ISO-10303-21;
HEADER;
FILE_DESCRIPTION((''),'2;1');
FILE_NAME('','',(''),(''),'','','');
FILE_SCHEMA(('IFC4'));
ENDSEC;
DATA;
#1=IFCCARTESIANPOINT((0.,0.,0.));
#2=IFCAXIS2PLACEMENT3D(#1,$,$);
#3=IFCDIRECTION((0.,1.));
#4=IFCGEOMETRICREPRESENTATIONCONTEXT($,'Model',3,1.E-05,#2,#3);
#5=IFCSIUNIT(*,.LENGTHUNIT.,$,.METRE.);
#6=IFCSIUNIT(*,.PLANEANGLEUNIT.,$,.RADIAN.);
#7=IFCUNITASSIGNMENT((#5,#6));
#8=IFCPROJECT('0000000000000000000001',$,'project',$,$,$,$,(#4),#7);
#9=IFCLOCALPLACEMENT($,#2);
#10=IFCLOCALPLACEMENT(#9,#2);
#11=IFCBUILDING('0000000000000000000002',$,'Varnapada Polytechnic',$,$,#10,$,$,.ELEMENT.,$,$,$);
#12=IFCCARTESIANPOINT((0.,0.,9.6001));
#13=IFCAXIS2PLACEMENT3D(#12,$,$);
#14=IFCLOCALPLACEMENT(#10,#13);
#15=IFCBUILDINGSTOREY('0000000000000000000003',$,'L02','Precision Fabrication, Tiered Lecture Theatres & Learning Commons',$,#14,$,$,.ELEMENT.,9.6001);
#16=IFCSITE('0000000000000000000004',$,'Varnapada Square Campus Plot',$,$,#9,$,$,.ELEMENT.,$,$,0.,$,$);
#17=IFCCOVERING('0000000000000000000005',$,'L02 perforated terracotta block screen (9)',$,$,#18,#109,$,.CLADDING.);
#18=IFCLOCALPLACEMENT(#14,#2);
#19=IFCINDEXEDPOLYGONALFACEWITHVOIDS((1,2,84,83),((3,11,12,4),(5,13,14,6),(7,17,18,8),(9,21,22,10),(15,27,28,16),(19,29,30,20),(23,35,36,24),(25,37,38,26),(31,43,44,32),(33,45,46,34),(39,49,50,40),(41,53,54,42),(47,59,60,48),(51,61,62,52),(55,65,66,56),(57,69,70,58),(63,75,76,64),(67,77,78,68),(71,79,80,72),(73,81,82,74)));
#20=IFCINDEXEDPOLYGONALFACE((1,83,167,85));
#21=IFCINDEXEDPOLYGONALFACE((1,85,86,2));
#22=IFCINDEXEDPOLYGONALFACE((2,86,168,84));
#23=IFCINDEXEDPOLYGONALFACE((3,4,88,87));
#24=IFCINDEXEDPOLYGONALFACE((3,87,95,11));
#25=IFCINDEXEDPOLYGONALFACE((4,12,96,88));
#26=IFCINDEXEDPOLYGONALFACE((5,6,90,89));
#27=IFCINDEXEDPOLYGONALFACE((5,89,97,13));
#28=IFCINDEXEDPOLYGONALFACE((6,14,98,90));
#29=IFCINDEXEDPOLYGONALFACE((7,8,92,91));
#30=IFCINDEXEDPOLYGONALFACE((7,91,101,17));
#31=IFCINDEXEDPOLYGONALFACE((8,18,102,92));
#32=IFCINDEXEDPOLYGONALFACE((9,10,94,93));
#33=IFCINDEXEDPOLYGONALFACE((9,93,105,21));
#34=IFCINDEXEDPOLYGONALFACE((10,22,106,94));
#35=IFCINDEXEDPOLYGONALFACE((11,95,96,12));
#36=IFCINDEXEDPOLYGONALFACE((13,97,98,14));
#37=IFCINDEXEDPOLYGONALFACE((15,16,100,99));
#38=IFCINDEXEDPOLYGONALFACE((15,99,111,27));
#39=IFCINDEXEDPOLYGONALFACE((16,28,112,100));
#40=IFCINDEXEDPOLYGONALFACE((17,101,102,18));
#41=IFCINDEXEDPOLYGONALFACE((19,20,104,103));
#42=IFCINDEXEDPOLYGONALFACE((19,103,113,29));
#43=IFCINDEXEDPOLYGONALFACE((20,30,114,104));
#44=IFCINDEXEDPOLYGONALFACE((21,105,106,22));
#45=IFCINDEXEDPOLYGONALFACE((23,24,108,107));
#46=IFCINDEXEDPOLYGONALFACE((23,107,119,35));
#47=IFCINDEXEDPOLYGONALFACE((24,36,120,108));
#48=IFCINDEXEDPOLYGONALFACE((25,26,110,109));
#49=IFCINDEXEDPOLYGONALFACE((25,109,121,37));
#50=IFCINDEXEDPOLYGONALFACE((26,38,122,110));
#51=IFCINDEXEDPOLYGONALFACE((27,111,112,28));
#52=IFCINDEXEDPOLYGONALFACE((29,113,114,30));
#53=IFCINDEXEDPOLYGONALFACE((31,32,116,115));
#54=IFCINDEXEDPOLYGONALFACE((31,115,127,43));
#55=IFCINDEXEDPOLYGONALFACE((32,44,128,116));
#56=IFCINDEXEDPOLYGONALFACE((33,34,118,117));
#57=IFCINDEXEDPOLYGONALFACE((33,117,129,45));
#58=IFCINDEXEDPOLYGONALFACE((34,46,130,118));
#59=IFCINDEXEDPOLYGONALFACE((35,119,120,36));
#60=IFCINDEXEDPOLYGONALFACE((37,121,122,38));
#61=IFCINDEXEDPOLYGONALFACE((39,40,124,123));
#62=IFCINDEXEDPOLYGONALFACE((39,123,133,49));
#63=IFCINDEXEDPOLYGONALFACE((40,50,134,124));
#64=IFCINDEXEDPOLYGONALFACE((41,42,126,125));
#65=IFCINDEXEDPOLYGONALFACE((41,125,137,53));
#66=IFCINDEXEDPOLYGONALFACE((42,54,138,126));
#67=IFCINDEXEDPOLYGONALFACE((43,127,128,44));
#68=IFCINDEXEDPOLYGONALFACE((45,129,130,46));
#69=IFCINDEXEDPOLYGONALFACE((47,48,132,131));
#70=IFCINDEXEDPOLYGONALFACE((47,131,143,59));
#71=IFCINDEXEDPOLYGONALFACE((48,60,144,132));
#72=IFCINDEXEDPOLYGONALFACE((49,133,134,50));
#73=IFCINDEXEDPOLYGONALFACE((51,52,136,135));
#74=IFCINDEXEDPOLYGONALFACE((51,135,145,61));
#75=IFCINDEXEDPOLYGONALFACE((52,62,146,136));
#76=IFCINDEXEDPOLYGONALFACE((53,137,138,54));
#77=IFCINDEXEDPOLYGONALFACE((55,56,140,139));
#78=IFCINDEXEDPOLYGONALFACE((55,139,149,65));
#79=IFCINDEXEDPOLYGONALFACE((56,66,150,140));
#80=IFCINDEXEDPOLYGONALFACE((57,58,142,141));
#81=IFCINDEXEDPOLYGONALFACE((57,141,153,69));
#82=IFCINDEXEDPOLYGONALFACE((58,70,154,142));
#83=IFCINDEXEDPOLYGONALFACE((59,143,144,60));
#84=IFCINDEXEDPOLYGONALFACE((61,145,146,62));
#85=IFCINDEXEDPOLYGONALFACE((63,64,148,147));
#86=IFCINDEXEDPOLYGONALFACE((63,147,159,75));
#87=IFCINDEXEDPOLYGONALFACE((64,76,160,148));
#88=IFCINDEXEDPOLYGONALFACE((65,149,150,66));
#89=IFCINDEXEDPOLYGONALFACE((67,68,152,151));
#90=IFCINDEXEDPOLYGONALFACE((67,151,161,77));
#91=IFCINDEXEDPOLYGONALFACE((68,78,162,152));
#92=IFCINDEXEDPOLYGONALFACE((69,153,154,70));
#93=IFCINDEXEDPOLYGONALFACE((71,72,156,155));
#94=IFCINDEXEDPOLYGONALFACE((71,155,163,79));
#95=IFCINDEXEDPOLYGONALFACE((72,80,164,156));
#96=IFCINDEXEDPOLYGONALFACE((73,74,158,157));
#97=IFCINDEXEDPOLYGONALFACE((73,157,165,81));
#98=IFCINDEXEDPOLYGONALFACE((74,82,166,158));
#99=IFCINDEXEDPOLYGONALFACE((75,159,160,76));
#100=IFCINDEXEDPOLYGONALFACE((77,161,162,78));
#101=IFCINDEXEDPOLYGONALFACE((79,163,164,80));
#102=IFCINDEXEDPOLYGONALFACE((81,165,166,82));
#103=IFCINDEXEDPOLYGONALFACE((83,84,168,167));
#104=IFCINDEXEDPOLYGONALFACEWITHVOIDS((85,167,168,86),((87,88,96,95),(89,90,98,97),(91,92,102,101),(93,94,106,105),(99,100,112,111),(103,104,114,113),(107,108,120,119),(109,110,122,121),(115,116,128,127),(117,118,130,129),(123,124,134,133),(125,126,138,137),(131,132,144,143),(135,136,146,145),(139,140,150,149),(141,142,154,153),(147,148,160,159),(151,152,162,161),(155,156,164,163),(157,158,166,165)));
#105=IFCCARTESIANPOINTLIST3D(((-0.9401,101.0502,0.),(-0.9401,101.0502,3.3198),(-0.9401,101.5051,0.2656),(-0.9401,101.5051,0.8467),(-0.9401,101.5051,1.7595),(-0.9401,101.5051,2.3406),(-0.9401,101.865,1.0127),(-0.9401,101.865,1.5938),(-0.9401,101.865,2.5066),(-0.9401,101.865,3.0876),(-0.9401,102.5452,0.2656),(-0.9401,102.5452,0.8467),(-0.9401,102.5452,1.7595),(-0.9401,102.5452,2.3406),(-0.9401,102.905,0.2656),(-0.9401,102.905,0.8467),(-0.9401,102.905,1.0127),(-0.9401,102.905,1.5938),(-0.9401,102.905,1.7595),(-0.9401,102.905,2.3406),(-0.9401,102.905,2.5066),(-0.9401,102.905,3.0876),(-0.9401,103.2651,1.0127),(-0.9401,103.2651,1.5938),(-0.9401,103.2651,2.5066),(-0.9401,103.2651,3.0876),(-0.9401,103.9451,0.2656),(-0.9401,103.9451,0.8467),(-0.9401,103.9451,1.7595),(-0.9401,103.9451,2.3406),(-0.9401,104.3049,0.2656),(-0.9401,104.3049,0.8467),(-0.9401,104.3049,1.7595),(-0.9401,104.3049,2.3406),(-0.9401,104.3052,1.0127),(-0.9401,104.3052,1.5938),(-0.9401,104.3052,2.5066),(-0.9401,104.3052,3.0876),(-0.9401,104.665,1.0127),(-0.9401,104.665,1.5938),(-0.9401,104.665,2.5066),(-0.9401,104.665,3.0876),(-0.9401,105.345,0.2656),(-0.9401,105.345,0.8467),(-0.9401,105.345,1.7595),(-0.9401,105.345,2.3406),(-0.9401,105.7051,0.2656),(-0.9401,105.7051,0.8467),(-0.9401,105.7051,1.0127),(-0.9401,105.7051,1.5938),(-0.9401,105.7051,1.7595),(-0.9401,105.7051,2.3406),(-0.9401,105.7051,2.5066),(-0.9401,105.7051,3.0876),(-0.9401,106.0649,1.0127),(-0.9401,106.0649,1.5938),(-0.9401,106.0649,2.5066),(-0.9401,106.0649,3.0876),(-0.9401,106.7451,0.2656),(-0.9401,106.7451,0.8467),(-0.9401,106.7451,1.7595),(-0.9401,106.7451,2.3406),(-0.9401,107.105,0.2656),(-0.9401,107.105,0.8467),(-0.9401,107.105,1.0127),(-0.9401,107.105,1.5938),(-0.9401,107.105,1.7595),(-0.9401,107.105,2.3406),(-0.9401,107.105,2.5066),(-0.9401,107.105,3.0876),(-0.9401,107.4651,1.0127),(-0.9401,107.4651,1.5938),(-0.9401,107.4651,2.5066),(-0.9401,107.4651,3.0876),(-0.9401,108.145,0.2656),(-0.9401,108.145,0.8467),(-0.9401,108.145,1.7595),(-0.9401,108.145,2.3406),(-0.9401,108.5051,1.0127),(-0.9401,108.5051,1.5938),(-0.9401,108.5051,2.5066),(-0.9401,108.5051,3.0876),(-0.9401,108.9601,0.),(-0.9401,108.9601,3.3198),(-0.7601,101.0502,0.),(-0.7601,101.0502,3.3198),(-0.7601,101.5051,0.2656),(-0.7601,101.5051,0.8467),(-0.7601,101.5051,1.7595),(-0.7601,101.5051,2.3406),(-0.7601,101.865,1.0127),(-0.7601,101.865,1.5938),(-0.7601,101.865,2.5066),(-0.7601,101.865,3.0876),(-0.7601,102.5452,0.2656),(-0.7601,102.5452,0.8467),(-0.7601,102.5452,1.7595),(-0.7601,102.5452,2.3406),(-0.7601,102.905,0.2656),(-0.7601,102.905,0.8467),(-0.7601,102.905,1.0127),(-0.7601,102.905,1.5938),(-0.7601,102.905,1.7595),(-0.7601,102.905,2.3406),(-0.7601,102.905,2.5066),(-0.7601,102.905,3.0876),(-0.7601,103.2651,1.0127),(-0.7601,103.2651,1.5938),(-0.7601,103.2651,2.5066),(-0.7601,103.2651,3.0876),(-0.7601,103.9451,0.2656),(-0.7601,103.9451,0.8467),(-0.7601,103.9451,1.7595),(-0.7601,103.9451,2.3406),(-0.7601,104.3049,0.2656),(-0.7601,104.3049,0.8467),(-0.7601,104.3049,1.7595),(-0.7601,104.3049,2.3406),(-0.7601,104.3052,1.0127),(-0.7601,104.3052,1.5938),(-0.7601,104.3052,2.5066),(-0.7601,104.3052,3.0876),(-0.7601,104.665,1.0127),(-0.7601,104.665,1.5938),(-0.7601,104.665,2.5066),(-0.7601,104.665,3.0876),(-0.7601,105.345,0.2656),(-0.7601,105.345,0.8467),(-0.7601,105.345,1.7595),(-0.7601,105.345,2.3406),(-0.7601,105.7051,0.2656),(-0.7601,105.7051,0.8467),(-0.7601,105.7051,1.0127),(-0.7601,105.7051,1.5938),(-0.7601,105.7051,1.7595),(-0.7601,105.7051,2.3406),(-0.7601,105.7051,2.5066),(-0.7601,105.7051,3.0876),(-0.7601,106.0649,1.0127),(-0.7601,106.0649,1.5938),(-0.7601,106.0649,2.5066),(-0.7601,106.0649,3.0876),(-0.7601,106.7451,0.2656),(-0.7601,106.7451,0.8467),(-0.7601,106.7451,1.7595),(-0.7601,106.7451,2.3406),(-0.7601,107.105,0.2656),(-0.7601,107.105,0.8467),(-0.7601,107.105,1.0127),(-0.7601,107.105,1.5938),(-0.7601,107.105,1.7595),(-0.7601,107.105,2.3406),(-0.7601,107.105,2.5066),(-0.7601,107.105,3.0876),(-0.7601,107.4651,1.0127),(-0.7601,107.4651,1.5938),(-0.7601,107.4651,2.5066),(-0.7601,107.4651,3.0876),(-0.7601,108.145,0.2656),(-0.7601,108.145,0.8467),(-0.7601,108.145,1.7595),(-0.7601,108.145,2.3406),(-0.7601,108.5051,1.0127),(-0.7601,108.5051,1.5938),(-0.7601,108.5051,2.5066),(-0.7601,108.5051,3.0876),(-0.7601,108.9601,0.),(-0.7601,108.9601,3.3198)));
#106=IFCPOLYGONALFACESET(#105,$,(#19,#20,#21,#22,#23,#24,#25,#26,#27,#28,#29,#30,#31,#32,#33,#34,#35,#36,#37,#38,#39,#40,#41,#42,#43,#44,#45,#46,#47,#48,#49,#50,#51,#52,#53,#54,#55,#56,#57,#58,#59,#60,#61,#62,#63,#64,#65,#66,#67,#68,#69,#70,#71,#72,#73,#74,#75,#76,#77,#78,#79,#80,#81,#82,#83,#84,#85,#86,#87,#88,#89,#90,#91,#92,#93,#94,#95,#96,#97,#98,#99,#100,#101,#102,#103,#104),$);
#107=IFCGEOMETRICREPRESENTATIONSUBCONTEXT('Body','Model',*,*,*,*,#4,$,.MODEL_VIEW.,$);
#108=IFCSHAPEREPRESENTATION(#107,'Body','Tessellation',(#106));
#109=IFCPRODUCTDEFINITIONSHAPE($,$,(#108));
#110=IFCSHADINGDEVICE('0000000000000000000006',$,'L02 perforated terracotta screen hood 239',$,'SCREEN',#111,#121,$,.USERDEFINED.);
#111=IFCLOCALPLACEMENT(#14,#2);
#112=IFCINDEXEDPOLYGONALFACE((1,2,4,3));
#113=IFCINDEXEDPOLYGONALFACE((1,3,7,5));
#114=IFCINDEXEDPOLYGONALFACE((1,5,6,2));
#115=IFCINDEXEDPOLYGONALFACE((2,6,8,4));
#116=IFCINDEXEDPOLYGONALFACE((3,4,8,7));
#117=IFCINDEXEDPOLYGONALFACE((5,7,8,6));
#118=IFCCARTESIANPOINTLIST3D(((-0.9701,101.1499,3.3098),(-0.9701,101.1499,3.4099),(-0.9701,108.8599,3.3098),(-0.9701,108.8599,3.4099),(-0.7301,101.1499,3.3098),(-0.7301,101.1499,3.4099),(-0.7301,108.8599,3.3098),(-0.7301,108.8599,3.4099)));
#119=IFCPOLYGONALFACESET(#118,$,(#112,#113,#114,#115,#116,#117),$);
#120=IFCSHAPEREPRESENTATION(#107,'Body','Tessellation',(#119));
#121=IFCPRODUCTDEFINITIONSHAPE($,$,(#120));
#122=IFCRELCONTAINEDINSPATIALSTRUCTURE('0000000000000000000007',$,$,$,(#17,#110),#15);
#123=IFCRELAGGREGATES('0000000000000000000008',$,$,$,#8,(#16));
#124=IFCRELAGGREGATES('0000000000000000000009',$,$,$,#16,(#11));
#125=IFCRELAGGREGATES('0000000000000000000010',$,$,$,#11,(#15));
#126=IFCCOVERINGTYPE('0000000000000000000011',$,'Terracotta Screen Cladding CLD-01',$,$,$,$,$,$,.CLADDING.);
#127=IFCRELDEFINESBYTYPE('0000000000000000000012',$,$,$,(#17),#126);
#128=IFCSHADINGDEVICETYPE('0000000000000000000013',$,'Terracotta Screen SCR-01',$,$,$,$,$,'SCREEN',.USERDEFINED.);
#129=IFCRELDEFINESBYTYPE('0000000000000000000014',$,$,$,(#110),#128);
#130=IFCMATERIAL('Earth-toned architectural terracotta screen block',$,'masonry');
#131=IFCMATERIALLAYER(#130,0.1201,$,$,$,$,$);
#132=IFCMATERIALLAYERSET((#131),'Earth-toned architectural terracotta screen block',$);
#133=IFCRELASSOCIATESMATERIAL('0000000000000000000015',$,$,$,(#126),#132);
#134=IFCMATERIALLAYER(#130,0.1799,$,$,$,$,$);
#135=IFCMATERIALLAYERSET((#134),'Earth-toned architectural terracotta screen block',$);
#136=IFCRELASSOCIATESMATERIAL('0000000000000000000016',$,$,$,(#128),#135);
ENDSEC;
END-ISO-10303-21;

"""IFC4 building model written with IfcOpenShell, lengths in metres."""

from ifc_helpers import new_model, si_unit, direction, frame, frame_2d, origin, origin_2d, place, context, subcontext, project, spatial, rectangle, extrude, material, layer, layer_set, type_object, element, save


model = new_model("IFC4")

# Units and contexts
model_context = context("Model", 3, precision=1e-05, world=origin(), true_north=direction((0.0, 1.0)))
body_context = subcontext(model_context, "Body", "Model", "MODEL_VIEW")
ifc_project = project(units=[si_unit("LENGTHUNIT", "METRE"), si_unit("PLANEANGLEUNIT", "RADIAN")], contexts=[model_context])

# Site, building, storey
site_placement = place(None, origin())
site = spatial("IfcSite", under=ifc_project, at=site_placement, Name="Varnapada Square Campus Plot", CompositionType="ELEMENT", RefElevation=0.0)
building_placement = place(site_placement, origin())
building = spatial("IfcBuilding", under=site, at=building_placement, Name="Varnapada Polytechnic", CompositionType="ELEMENT")
storey_placement = place(building_placement, frame((0.0, 0.0, 9.6001)))
storey = spatial("IfcBuildingStorey", under=building, at=storey_placement, Name="L02", Description="Precision Fabrication, Tiered Lecture Theatres & Learning Commons", CompositionType="ELEMENT", Elevation=9.6001)

# Covering, openings
ifc_material_1 = material(Name="Earth-toned architectural terracotta screen block", Category="masonry")
ifc_layer_1 = layer(ifc_material_1, 0.1201)
ifc_layer_set_1 = layer_set([ifc_layer_1], Name="Earth-toned architectural terracotta screen block")
covering_type = type_object("IfcCoveringType", Name="Terracotta Screen Cladding CLD-01", PredefinedType="CLADDING", material=ifc_layer_set_1)
covering_placement = place(storey_placement, frame((-0.8501, 101.05, 0.0), z_axis=(0.0, 0.0, 1.0), x_axis=(0.0, 1.0, 0.0)))
covering = element("IfcCovering", 1, at=covering_placement, inside=storey, type_object=covering_type, Name="L02 perforated terracotta block screen (9)", PredefinedType="CLADDING", context=body_context, shape_type="SweptSolid", body=[
    extrude(rectangle(XDim=7.9099, YDim=0.1799, at=frame_2d((3.9551, 0.0))), origin(), (0.0, 0.0, 1.0), 3.3198),
])
opening_1_placement = place(covering_placement, frame((0.4551, 0.0, 0.2656)))
element("IfcOpeningElement", 2, at=opening_1_placement, cuts=covering, PredefinedType="OPENING", context=body_context, shape_type="SweptSolid", body=[
    extrude(rectangle(XDim=1.04, YDim=0.5811, at=frame_2d((0.52, 0.2905))), frame((0.0, 0.0999, 0.0), z_axis=(0.0, -1.0, 0.0), x_axis=(1.0, 0.0, 0.0)), (0.0, 0.0, 1.0), 0.2),
])
opening_2_placement = place(covering_placement, frame((1.855, 0.0, 0.2656)))
element("IfcOpeningElement", 3, at=opening_2_placement, cuts=covering, PredefinedType="OPENING", context=body_context, shape_type="SweptSolid", body=[
    extrude(rectangle(XDim=1.04, YDim=0.5811, at=frame_2d((0.52, 0.2905))), frame((0.0, 0.0999, 0.0), z_axis=(0.0, -1.0, 0.0), x_axis=(1.0, 0.0, 0.0)), (0.0, 0.0, 1.0), 0.2),
])
opening_3_placement = place(covering_placement, frame((3.2549, 0.0, 0.2656)))
element("IfcOpeningElement", 4, at=opening_3_placement, cuts=covering, PredefinedType="OPENING", context=body_context, shape_type="SweptSolid", body=[
    extrude(rectangle(XDim=1.04, YDim=0.5811, at=frame_2d((0.52, 0.2905))), frame((0.0, 0.0999, 0.0), z_axis=(0.0, -1.0, 0.0), x_axis=(1.0, 0.0, 0.0)), (0.0, 0.0, 1.0), 0.2),
])
opening_4_placement = place(covering_placement, frame((4.655, 0.0, 0.2656)))
element("IfcOpeningElement", 5, at=opening_4_placement, cuts=covering, PredefinedType="OPENING", context=body_context, shape_type="SweptSolid", body=[
    extrude(rectangle(XDim=1.04, YDim=0.5811, at=frame_2d((0.52, 0.2905))), frame((0.0, 0.0999, 0.0), z_axis=(0.0, -1.0, 0.0), x_axis=(1.0, 0.0, 0.0)), (0.0, 0.0, 1.0), 0.2),
])
opening_5_placement = place(covering_placement, frame((6.0549, 0.0, 0.2656)))
element("IfcOpeningElement", 6, at=opening_5_placement, cuts=covering, PredefinedType="OPENING", context=body_context, shape_type="SweptSolid", body=[
    extrude(rectangle(XDim=1.04, YDim=0.5811, at=frame_2d((0.52, 0.2905))), frame((0.0, 0.0999, 0.0), z_axis=(0.0, -1.0, 0.0), x_axis=(1.0, 0.0, 0.0)), (0.0, 0.0, 1.0), 0.2),
])
opening_6_placement = place(covering_placement, frame((0.8149, 0.0, 1.0127)))
element("IfcOpeningElement", 7, at=opening_6_placement, cuts=covering, PredefinedType="OPENING", context=body_context, shape_type="SweptSolid", body=[
    extrude(rectangle(XDim=1.04, YDim=0.5811, at=frame_2d((0.52, 0.2905))), frame((0.0, 0.0999, 0.0), z_axis=(0.0, -1.0, 0.0), x_axis=(1.0, 0.0, 0.0)), (0.0, 0.0, 1.0), 0.2),
])
opening_7_placement = place(covering_placement, frame((2.2151, 0.0, 1.0127)))
element("IfcOpeningElement", 8, at=opening_7_placement, cuts=covering, PredefinedType="OPENING", context=body_context, shape_type="SweptSolid", body=[
    extrude(rectangle(XDim=1.04, YDim=0.5811, at=frame_2d((0.52, 0.2905))), frame((0.0, 0.0999, 0.0), z_axis=(0.0, -1.0, 0.0), x_axis=(1.0, 0.0, 0.0)), (0.0, 0.0, 1.0), 0.2),
])
opening_8_placement = place(covering_placement, frame((3.615, 0.0, 1.0127)))
element("IfcOpeningElement", 9, at=opening_8_placement, cuts=covering, PredefinedType="OPENING", context=body_context, shape_type="SweptSolid", body=[
    extrude(rectangle(XDim=1.04, YDim=0.5811, at=frame_2d((0.52, 0.2905))), frame((0.0, 0.0999, 0.0), z_axis=(0.0, -1.0, 0.0), x_axis=(1.0, 0.0, 0.0)), (0.0, 0.0, 1.0), 0.2),
])
opening_9_placement = place(covering_placement, frame((5.0149, 0.0, 1.0127)))
element("IfcOpeningElement", 10, at=opening_9_placement, cuts=covering, PredefinedType="OPENING", context=body_context, shape_type="SweptSolid", body=[
    extrude(rectangle(XDim=1.04, YDim=0.5811, at=frame_2d((0.52, 0.2905))), frame((0.0, 0.0999, 0.0), z_axis=(0.0, -1.0, 0.0), x_axis=(1.0, 0.0, 0.0)), (0.0, 0.0, 1.0), 0.2),
])
opening_10_placement = place(covering_placement, frame((6.415, 0.0, 1.0127)))
element("IfcOpeningElement", 11, at=opening_10_placement, cuts=covering, PredefinedType="OPENING", context=body_context, shape_type="SweptSolid", body=[
    extrude(rectangle(XDim=1.04, YDim=0.5811, at=frame_2d((0.52, 0.2905))), frame((0.0, 0.0999, 0.0), z_axis=(0.0, -1.0, 0.0), x_axis=(1.0, 0.0, 0.0)), (0.0, 0.0, 1.0), 0.2),
])
opening_11_placement = place(covering_placement, frame((0.4551, 0.0, 1.7595)))
element("IfcOpeningElement", 12, at=opening_11_placement, cuts=covering, PredefinedType="OPENING", context=body_context, shape_type="SweptSolid", body=[
    extrude(rectangle(XDim=1.04, YDim=0.5811, at=frame_2d((0.52, 0.2905))), frame((0.0, 0.0999, 0.0), z_axis=(0.0, -1.0, 0.0), x_axis=(1.0, 0.0, 0.0)), (0.0, 0.0, 1.0), 0.2),
])
opening_12_placement = place(covering_placement, frame((1.855, 0.0, 1.7595)))
element("IfcOpeningElement", 13, at=opening_12_placement, cuts=covering, PredefinedType="OPENING", context=body_context, shape_type="SweptSolid", body=[
    extrude(rectangle(XDim=1.04, YDim=0.5811, at=frame_2d((0.52, 0.2905))), frame((0.0, 0.0999, 0.0), z_axis=(0.0, -1.0, 0.0), x_axis=(1.0, 0.0, 0.0)), (0.0, 0.0, 1.0), 0.2),
])
opening_13_placement = place(covering_placement, frame((3.2549, 0.0, 1.7595)))
element("IfcOpeningElement", 14, at=opening_13_placement, cuts=covering, PredefinedType="OPENING", context=body_context, shape_type="SweptSolid", body=[
    extrude(rectangle(XDim=1.04, YDim=0.5811, at=frame_2d((0.52, 0.2905))), frame((0.0, 0.0999, 0.0), z_axis=(0.0, -1.0, 0.0), x_axis=(1.0, 0.0, 0.0)), (0.0, 0.0, 1.0), 0.2),
])
opening_14_placement = place(covering_placement, frame((4.655, 0.0, 1.7595)))
element("IfcOpeningElement", 15, at=opening_14_placement, cuts=covering, PredefinedType="OPENING", context=body_context, shape_type="SweptSolid", body=[
    extrude(rectangle(XDim=1.04, YDim=0.5811, at=frame_2d((0.52, 0.2905))), frame((0.0, 0.0999, 0.0), z_axis=(0.0, -1.0, 0.0), x_axis=(1.0, 0.0, 0.0)), (0.0, 0.0, 1.0), 0.2),
])
opening_15_placement = place(covering_placement, frame((6.0549, 0.0, 1.7595)))
element("IfcOpeningElement", 16, at=opening_15_placement, cuts=covering, PredefinedType="OPENING", context=body_context, shape_type="SweptSolid", body=[
    extrude(rectangle(XDim=1.04, YDim=0.5811, at=frame_2d((0.52, 0.2905))), frame((0.0, 0.0999, 0.0), z_axis=(0.0, -1.0, 0.0), x_axis=(1.0, 0.0, 0.0)), (0.0, 0.0, 1.0), 0.2),
])
opening_16_placement = place(covering_placement, frame((0.8149, 0.0, 2.5066)))
element("IfcOpeningElement", 17, at=opening_16_placement, cuts=covering, PredefinedType="OPENING", context=body_context, shape_type="SweptSolid", body=[
    extrude(rectangle(XDim=1.04, YDim=0.5811, at=frame_2d((0.52, 0.2905))), frame((0.0, 0.0999, 0.0), z_axis=(0.0, -1.0, 0.0), x_axis=(1.0, 0.0, 0.0)), (0.0, 0.0, 1.0), 0.2),
])
opening_17_placement = place(covering_placement, frame((2.2151, 0.0, 2.5066)))
element("IfcOpeningElement", 18, at=opening_17_placement, cuts=covering, PredefinedType="OPENING", context=body_context, shape_type="SweptSolid", body=[
    extrude(rectangle(XDim=1.04, YDim=0.5811, at=frame_2d((0.52, 0.2905))), frame((0.0, 0.0999, 0.0), z_axis=(0.0, -1.0, 0.0), x_axis=(1.0, 0.0, 0.0)), (0.0, 0.0, 1.0), 0.2),
])
opening_18_placement = place(covering_placement, frame((3.615, 0.0, 2.5066)))
element("IfcOpeningElement", 19, at=opening_18_placement, cuts=covering, PredefinedType="OPENING", context=body_context, shape_type="SweptSolid", body=[
    extrude(rectangle(XDim=1.04, YDim=0.5811, at=frame_2d((0.52, 0.2905))), frame((0.0, 0.0999, 0.0), z_axis=(0.0, -1.0, 0.0), x_axis=(1.0, 0.0, 0.0)), (0.0, 0.0, 1.0), 0.2),
])
opening_19_placement = place(covering_placement, frame((5.0149, 0.0, 2.5066)))
element("IfcOpeningElement", 20, at=opening_19_placement, cuts=covering, PredefinedType="OPENING", context=body_context, shape_type="SweptSolid", body=[
    extrude(rectangle(XDim=1.04, YDim=0.5811, at=frame_2d((0.52, 0.2905))), frame((0.0, 0.0999, 0.0), z_axis=(0.0, -1.0, 0.0), x_axis=(1.0, 0.0, 0.0)), (0.0, 0.0, 1.0), 0.2),
])
opening_20_placement = place(covering_placement, frame((6.415, 0.0, 2.5066)))
element("IfcOpeningElement", 21, at=opening_20_placement, cuts=covering, PredefinedType="OPENING", context=body_context, shape_type="SweptSolid", body=[
    extrude(rectangle(XDim=1.04, YDim=0.5811, at=frame_2d((0.52, 0.2905))), frame((0.0, 0.0999, 0.0), z_axis=(0.0, -1.0, 0.0), x_axis=(1.0, 0.0, 0.0)), (0.0, 0.0, 1.0), 0.2),
])

# Shading device
ifc_layer_2 = layer(ifc_material_1, 0.1799)
ifc_layer_set_2 = layer_set([ifc_layer_2], Name="Earth-toned architectural terracotta screen block")
shading_device_type = type_object("IfcShadingDeviceType", Name="Terracotta Screen SCR-01", ElementType="SCREEN", PredefinedType="USERDEFINED", material=ifc_layer_set_2)
shading_device_placement = place(storey_placement, frame((-0.8501, 105.0049, 3.3098), z_axis=(0.0, 0.0, 1.0), x_axis=(0.0, 1.0, 0.0)))
element("IfcShadingDevice", 22, at=shading_device_placement, inside=storey, type_object=shading_device_type, Name="L02 perforated terracotta screen hood 239", ObjectType="SCREEN", PredefinedType="USERDEFINED", context=body_context, shape_type="SweptSolid", body=[
    extrude(rectangle(XDim=7.71, YDim=0.24, at=origin_2d()), origin(), (0.0, 0.0, 1.0), 0.1001),
])

save(model, "model.ifc")
